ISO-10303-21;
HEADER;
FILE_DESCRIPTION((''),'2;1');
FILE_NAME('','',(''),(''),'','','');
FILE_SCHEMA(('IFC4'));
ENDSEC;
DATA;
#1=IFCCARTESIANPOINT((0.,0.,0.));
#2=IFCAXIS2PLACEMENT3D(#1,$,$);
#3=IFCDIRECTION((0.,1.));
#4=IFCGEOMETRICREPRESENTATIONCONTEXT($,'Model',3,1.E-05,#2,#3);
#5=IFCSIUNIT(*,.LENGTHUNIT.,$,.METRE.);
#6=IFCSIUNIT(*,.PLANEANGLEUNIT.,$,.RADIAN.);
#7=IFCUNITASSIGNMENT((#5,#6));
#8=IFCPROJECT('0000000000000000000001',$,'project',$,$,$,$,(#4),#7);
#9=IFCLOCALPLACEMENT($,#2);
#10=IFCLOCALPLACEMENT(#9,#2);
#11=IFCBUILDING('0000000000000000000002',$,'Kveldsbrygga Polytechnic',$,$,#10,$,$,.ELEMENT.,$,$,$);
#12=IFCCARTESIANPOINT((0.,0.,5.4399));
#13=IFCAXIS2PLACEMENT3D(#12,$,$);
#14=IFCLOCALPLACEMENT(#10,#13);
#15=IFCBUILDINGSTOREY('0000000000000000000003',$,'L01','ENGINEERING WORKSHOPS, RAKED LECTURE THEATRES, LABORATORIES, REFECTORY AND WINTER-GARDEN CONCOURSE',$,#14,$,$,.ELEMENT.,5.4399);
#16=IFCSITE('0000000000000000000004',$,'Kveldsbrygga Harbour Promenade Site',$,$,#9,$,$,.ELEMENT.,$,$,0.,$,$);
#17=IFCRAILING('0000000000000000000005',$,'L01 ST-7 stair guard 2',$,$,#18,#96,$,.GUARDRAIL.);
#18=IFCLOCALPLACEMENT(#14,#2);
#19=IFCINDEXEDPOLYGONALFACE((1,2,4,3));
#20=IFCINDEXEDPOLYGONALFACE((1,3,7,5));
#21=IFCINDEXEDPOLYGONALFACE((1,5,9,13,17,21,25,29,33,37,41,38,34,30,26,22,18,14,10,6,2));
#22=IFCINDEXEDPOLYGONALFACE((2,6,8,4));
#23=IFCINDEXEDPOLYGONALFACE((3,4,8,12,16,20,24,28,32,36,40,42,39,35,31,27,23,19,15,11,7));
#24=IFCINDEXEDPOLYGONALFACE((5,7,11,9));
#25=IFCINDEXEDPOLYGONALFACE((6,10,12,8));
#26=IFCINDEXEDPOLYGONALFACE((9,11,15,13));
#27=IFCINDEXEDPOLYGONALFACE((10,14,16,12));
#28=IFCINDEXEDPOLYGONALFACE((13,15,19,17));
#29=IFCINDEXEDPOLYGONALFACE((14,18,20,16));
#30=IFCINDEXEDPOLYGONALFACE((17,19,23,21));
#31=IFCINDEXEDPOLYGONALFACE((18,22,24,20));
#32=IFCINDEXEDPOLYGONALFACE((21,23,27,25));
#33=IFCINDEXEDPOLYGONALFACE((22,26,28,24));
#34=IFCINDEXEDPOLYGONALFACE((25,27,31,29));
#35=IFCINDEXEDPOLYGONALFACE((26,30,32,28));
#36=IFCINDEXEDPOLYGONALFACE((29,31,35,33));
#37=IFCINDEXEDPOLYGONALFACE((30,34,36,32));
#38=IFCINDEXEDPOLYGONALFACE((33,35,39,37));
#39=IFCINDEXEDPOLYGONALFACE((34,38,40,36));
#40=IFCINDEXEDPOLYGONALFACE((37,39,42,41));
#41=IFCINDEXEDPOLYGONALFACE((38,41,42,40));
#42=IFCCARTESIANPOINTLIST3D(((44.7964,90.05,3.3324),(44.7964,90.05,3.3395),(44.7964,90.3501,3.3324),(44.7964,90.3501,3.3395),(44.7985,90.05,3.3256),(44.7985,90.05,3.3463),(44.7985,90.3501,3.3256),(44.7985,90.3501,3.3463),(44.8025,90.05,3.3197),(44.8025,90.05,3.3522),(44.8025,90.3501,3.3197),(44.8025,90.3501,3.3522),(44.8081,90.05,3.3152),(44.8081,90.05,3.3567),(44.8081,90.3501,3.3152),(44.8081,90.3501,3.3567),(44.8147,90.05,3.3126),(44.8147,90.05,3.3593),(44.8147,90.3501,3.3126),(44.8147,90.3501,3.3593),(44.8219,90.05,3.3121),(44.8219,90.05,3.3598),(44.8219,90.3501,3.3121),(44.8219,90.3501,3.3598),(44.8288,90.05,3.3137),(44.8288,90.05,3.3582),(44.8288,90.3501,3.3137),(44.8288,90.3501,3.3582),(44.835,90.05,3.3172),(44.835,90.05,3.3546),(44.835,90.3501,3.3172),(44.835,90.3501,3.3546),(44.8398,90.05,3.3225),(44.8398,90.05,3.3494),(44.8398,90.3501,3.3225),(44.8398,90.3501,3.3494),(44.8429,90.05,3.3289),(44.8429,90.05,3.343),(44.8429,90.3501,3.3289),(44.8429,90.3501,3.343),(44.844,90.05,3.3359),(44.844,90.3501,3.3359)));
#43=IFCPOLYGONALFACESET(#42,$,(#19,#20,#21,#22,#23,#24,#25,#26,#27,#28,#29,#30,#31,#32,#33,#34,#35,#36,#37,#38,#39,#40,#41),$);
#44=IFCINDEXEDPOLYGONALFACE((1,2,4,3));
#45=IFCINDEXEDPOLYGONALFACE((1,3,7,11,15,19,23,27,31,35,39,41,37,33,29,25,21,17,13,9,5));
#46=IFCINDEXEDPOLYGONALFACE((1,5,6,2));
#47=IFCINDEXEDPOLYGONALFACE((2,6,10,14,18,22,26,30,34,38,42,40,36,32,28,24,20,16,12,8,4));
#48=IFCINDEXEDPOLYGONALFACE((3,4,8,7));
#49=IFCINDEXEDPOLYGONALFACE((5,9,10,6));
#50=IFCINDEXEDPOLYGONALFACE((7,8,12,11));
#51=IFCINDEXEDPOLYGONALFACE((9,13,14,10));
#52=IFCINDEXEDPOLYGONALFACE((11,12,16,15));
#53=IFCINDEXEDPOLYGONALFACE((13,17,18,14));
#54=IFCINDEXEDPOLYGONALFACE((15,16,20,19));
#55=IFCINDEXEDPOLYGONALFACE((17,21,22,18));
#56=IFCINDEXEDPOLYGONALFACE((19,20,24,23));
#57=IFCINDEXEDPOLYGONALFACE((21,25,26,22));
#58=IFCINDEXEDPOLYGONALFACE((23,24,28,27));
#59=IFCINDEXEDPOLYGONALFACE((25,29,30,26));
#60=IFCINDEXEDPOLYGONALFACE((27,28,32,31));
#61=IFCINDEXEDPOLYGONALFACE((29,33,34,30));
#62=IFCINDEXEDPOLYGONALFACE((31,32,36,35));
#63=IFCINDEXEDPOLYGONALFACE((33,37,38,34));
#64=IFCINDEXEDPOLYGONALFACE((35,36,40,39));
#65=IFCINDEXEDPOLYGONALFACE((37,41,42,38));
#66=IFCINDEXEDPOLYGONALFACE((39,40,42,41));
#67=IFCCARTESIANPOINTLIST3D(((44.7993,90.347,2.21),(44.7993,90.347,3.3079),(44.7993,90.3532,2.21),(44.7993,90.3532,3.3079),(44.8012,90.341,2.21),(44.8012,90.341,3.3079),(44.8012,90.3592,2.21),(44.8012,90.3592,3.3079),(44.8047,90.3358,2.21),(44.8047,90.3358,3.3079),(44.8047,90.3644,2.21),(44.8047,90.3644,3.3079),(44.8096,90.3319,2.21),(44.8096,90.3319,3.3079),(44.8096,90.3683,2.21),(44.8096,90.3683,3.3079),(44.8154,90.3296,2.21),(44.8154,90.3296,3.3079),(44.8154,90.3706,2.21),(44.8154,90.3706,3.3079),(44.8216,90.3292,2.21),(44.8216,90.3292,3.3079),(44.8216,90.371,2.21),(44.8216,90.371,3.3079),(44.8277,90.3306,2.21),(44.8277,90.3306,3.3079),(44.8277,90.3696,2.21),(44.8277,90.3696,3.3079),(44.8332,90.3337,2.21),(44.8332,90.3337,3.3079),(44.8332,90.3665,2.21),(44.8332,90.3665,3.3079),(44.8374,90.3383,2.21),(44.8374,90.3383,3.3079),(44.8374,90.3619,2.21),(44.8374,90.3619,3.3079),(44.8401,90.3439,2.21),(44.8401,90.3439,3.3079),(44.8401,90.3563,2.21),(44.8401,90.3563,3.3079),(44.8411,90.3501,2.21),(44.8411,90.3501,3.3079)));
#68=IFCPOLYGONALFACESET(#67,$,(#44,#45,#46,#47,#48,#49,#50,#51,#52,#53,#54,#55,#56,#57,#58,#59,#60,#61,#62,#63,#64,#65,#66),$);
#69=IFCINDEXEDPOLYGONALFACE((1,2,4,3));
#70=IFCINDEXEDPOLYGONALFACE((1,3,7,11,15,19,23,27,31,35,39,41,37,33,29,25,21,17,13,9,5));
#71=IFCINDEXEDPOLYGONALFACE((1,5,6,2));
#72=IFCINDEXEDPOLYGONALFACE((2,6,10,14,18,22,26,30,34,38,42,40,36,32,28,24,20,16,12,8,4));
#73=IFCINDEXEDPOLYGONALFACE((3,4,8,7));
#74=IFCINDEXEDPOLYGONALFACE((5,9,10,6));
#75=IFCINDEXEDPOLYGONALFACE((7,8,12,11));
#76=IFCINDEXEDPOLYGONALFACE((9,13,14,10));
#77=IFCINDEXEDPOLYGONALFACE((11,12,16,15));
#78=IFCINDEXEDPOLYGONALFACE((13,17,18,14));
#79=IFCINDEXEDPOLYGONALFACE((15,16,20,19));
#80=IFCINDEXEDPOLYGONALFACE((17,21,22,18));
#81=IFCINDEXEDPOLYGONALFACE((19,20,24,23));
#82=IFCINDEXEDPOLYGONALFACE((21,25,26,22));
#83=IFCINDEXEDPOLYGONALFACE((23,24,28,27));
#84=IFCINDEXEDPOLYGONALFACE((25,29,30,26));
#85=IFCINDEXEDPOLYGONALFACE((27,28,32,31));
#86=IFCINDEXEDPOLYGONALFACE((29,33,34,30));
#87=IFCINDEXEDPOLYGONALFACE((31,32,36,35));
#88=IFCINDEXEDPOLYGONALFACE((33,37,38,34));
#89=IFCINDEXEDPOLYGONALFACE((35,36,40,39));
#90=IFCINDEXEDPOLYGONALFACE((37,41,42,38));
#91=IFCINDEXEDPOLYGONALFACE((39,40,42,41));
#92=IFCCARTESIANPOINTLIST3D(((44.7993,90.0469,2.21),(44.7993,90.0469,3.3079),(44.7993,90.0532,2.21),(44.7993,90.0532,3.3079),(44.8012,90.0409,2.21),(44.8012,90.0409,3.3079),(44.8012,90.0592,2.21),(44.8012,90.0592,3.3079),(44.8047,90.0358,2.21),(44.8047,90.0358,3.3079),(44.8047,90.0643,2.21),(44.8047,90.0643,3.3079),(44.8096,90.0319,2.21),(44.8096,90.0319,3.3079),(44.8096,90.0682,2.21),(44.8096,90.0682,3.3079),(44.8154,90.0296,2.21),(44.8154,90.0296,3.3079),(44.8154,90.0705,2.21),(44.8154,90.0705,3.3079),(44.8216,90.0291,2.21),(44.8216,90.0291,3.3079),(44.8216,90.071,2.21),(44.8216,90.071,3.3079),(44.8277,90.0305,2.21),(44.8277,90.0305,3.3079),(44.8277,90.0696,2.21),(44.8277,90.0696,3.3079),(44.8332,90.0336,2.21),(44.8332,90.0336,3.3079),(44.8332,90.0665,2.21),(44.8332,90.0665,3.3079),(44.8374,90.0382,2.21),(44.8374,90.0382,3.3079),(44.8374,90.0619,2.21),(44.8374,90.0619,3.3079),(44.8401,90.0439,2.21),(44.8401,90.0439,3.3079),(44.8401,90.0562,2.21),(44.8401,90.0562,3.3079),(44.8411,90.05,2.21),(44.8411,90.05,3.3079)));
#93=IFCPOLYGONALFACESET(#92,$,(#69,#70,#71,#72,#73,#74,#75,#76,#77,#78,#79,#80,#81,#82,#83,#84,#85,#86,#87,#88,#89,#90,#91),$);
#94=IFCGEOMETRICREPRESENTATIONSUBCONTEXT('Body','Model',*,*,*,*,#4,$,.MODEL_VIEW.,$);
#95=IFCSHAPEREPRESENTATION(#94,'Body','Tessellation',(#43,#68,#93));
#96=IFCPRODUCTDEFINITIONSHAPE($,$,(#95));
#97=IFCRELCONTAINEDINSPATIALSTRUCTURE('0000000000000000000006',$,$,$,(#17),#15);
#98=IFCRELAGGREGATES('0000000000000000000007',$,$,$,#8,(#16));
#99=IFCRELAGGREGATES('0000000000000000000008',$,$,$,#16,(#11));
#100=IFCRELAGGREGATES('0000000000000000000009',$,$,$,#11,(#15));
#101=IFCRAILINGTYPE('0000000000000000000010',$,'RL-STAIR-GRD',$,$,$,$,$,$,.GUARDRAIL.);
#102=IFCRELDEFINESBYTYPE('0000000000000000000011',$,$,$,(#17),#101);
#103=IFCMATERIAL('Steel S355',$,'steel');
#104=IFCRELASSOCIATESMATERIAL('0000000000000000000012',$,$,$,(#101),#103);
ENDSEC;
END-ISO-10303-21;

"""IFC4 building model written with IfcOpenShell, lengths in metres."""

from ifc_helpers import new_model, si_unit, direction, frame, origin, origin_2d, place, context, subcontext, project, spatial, circle, extrude, material, type_object, element, save


model = new_model("IFC4")

# Units and contexts
model_context = context("Model", 3, precision=1e-05, world=origin(), true_north=direction((0.0, 1.0)))
body_context = subcontext(model_context, "Body", "Model", "MODEL_VIEW")
ifc_project = project(units=[si_unit("LENGTHUNIT", "METRE"), si_unit("PLANEANGLEUNIT", "RADIAN")], contexts=[model_context])

# Site, building, storey
site_placement = place(None, origin())
site = spatial("IfcSite", under=ifc_project, at=site_placement, Name="Kveldsbrygga Harbour Promenade Site", CompositionType="ELEMENT", RefElevation=0.0)
building_placement = place(site_placement, origin())
building = spatial("IfcBuilding", under=site, at=building_placement, Name="Kveldsbrygga Polytechnic", CompositionType="ELEMENT")
storey_placement = place(building_placement, frame((0.0, 0.0, 5.4399)))
storey = spatial("IfcBuildingStorey", under=building, at=storey_placement, Name="L01", Description="ENGINEERING WORKSHOPS, RAKED LECTURE THEATRES, LABORATORIES, REFECTORY AND WINTER-GARDEN CONCOURSE", CompositionType="ELEMENT", Elevation=5.4399)

# Shared definitions
ifc_material_1 = material(Name="Steel S355", Category="steel")

# Railing
railing_type_1 = type_object("IfcRailingType", Name="RL-STAIR-GRD", PredefinedType="GUARDRAIL", material=ifc_material_1)
railing_1_placement = place(storey_placement, frame((44.8201, 90.3501, 2.21)))
element("IfcRailing", 1, at=railing_1_placement, inside=storey, type_object=railing_type_1, Name="L01 ST-7 stair guard 2", PredefinedType="GUARDRAIL", context=body_context, shape_type="SweptSolid", body=[
    extrude(circle(Radius=0.0239, at=origin_2d()), frame((0.0, 0.0, 1.126), z_axis=(0.0, -1.0, 0.0), x_axis=(1.0, 0.0, 0.0)), (0.0, 0.0, 1.0), 0.3),
    extrude(circle(Radius=0.021, at=origin_2d()), origin(), (0.0, 0.0, 1.0), 1.0979),
    extrude(circle(Radius=0.021, at=origin_2d()), frame((0.0, -0.3, 0.0)), (0.0, 0.0, 1.0), 1.0979),
])

save(model, "model.ifc")
